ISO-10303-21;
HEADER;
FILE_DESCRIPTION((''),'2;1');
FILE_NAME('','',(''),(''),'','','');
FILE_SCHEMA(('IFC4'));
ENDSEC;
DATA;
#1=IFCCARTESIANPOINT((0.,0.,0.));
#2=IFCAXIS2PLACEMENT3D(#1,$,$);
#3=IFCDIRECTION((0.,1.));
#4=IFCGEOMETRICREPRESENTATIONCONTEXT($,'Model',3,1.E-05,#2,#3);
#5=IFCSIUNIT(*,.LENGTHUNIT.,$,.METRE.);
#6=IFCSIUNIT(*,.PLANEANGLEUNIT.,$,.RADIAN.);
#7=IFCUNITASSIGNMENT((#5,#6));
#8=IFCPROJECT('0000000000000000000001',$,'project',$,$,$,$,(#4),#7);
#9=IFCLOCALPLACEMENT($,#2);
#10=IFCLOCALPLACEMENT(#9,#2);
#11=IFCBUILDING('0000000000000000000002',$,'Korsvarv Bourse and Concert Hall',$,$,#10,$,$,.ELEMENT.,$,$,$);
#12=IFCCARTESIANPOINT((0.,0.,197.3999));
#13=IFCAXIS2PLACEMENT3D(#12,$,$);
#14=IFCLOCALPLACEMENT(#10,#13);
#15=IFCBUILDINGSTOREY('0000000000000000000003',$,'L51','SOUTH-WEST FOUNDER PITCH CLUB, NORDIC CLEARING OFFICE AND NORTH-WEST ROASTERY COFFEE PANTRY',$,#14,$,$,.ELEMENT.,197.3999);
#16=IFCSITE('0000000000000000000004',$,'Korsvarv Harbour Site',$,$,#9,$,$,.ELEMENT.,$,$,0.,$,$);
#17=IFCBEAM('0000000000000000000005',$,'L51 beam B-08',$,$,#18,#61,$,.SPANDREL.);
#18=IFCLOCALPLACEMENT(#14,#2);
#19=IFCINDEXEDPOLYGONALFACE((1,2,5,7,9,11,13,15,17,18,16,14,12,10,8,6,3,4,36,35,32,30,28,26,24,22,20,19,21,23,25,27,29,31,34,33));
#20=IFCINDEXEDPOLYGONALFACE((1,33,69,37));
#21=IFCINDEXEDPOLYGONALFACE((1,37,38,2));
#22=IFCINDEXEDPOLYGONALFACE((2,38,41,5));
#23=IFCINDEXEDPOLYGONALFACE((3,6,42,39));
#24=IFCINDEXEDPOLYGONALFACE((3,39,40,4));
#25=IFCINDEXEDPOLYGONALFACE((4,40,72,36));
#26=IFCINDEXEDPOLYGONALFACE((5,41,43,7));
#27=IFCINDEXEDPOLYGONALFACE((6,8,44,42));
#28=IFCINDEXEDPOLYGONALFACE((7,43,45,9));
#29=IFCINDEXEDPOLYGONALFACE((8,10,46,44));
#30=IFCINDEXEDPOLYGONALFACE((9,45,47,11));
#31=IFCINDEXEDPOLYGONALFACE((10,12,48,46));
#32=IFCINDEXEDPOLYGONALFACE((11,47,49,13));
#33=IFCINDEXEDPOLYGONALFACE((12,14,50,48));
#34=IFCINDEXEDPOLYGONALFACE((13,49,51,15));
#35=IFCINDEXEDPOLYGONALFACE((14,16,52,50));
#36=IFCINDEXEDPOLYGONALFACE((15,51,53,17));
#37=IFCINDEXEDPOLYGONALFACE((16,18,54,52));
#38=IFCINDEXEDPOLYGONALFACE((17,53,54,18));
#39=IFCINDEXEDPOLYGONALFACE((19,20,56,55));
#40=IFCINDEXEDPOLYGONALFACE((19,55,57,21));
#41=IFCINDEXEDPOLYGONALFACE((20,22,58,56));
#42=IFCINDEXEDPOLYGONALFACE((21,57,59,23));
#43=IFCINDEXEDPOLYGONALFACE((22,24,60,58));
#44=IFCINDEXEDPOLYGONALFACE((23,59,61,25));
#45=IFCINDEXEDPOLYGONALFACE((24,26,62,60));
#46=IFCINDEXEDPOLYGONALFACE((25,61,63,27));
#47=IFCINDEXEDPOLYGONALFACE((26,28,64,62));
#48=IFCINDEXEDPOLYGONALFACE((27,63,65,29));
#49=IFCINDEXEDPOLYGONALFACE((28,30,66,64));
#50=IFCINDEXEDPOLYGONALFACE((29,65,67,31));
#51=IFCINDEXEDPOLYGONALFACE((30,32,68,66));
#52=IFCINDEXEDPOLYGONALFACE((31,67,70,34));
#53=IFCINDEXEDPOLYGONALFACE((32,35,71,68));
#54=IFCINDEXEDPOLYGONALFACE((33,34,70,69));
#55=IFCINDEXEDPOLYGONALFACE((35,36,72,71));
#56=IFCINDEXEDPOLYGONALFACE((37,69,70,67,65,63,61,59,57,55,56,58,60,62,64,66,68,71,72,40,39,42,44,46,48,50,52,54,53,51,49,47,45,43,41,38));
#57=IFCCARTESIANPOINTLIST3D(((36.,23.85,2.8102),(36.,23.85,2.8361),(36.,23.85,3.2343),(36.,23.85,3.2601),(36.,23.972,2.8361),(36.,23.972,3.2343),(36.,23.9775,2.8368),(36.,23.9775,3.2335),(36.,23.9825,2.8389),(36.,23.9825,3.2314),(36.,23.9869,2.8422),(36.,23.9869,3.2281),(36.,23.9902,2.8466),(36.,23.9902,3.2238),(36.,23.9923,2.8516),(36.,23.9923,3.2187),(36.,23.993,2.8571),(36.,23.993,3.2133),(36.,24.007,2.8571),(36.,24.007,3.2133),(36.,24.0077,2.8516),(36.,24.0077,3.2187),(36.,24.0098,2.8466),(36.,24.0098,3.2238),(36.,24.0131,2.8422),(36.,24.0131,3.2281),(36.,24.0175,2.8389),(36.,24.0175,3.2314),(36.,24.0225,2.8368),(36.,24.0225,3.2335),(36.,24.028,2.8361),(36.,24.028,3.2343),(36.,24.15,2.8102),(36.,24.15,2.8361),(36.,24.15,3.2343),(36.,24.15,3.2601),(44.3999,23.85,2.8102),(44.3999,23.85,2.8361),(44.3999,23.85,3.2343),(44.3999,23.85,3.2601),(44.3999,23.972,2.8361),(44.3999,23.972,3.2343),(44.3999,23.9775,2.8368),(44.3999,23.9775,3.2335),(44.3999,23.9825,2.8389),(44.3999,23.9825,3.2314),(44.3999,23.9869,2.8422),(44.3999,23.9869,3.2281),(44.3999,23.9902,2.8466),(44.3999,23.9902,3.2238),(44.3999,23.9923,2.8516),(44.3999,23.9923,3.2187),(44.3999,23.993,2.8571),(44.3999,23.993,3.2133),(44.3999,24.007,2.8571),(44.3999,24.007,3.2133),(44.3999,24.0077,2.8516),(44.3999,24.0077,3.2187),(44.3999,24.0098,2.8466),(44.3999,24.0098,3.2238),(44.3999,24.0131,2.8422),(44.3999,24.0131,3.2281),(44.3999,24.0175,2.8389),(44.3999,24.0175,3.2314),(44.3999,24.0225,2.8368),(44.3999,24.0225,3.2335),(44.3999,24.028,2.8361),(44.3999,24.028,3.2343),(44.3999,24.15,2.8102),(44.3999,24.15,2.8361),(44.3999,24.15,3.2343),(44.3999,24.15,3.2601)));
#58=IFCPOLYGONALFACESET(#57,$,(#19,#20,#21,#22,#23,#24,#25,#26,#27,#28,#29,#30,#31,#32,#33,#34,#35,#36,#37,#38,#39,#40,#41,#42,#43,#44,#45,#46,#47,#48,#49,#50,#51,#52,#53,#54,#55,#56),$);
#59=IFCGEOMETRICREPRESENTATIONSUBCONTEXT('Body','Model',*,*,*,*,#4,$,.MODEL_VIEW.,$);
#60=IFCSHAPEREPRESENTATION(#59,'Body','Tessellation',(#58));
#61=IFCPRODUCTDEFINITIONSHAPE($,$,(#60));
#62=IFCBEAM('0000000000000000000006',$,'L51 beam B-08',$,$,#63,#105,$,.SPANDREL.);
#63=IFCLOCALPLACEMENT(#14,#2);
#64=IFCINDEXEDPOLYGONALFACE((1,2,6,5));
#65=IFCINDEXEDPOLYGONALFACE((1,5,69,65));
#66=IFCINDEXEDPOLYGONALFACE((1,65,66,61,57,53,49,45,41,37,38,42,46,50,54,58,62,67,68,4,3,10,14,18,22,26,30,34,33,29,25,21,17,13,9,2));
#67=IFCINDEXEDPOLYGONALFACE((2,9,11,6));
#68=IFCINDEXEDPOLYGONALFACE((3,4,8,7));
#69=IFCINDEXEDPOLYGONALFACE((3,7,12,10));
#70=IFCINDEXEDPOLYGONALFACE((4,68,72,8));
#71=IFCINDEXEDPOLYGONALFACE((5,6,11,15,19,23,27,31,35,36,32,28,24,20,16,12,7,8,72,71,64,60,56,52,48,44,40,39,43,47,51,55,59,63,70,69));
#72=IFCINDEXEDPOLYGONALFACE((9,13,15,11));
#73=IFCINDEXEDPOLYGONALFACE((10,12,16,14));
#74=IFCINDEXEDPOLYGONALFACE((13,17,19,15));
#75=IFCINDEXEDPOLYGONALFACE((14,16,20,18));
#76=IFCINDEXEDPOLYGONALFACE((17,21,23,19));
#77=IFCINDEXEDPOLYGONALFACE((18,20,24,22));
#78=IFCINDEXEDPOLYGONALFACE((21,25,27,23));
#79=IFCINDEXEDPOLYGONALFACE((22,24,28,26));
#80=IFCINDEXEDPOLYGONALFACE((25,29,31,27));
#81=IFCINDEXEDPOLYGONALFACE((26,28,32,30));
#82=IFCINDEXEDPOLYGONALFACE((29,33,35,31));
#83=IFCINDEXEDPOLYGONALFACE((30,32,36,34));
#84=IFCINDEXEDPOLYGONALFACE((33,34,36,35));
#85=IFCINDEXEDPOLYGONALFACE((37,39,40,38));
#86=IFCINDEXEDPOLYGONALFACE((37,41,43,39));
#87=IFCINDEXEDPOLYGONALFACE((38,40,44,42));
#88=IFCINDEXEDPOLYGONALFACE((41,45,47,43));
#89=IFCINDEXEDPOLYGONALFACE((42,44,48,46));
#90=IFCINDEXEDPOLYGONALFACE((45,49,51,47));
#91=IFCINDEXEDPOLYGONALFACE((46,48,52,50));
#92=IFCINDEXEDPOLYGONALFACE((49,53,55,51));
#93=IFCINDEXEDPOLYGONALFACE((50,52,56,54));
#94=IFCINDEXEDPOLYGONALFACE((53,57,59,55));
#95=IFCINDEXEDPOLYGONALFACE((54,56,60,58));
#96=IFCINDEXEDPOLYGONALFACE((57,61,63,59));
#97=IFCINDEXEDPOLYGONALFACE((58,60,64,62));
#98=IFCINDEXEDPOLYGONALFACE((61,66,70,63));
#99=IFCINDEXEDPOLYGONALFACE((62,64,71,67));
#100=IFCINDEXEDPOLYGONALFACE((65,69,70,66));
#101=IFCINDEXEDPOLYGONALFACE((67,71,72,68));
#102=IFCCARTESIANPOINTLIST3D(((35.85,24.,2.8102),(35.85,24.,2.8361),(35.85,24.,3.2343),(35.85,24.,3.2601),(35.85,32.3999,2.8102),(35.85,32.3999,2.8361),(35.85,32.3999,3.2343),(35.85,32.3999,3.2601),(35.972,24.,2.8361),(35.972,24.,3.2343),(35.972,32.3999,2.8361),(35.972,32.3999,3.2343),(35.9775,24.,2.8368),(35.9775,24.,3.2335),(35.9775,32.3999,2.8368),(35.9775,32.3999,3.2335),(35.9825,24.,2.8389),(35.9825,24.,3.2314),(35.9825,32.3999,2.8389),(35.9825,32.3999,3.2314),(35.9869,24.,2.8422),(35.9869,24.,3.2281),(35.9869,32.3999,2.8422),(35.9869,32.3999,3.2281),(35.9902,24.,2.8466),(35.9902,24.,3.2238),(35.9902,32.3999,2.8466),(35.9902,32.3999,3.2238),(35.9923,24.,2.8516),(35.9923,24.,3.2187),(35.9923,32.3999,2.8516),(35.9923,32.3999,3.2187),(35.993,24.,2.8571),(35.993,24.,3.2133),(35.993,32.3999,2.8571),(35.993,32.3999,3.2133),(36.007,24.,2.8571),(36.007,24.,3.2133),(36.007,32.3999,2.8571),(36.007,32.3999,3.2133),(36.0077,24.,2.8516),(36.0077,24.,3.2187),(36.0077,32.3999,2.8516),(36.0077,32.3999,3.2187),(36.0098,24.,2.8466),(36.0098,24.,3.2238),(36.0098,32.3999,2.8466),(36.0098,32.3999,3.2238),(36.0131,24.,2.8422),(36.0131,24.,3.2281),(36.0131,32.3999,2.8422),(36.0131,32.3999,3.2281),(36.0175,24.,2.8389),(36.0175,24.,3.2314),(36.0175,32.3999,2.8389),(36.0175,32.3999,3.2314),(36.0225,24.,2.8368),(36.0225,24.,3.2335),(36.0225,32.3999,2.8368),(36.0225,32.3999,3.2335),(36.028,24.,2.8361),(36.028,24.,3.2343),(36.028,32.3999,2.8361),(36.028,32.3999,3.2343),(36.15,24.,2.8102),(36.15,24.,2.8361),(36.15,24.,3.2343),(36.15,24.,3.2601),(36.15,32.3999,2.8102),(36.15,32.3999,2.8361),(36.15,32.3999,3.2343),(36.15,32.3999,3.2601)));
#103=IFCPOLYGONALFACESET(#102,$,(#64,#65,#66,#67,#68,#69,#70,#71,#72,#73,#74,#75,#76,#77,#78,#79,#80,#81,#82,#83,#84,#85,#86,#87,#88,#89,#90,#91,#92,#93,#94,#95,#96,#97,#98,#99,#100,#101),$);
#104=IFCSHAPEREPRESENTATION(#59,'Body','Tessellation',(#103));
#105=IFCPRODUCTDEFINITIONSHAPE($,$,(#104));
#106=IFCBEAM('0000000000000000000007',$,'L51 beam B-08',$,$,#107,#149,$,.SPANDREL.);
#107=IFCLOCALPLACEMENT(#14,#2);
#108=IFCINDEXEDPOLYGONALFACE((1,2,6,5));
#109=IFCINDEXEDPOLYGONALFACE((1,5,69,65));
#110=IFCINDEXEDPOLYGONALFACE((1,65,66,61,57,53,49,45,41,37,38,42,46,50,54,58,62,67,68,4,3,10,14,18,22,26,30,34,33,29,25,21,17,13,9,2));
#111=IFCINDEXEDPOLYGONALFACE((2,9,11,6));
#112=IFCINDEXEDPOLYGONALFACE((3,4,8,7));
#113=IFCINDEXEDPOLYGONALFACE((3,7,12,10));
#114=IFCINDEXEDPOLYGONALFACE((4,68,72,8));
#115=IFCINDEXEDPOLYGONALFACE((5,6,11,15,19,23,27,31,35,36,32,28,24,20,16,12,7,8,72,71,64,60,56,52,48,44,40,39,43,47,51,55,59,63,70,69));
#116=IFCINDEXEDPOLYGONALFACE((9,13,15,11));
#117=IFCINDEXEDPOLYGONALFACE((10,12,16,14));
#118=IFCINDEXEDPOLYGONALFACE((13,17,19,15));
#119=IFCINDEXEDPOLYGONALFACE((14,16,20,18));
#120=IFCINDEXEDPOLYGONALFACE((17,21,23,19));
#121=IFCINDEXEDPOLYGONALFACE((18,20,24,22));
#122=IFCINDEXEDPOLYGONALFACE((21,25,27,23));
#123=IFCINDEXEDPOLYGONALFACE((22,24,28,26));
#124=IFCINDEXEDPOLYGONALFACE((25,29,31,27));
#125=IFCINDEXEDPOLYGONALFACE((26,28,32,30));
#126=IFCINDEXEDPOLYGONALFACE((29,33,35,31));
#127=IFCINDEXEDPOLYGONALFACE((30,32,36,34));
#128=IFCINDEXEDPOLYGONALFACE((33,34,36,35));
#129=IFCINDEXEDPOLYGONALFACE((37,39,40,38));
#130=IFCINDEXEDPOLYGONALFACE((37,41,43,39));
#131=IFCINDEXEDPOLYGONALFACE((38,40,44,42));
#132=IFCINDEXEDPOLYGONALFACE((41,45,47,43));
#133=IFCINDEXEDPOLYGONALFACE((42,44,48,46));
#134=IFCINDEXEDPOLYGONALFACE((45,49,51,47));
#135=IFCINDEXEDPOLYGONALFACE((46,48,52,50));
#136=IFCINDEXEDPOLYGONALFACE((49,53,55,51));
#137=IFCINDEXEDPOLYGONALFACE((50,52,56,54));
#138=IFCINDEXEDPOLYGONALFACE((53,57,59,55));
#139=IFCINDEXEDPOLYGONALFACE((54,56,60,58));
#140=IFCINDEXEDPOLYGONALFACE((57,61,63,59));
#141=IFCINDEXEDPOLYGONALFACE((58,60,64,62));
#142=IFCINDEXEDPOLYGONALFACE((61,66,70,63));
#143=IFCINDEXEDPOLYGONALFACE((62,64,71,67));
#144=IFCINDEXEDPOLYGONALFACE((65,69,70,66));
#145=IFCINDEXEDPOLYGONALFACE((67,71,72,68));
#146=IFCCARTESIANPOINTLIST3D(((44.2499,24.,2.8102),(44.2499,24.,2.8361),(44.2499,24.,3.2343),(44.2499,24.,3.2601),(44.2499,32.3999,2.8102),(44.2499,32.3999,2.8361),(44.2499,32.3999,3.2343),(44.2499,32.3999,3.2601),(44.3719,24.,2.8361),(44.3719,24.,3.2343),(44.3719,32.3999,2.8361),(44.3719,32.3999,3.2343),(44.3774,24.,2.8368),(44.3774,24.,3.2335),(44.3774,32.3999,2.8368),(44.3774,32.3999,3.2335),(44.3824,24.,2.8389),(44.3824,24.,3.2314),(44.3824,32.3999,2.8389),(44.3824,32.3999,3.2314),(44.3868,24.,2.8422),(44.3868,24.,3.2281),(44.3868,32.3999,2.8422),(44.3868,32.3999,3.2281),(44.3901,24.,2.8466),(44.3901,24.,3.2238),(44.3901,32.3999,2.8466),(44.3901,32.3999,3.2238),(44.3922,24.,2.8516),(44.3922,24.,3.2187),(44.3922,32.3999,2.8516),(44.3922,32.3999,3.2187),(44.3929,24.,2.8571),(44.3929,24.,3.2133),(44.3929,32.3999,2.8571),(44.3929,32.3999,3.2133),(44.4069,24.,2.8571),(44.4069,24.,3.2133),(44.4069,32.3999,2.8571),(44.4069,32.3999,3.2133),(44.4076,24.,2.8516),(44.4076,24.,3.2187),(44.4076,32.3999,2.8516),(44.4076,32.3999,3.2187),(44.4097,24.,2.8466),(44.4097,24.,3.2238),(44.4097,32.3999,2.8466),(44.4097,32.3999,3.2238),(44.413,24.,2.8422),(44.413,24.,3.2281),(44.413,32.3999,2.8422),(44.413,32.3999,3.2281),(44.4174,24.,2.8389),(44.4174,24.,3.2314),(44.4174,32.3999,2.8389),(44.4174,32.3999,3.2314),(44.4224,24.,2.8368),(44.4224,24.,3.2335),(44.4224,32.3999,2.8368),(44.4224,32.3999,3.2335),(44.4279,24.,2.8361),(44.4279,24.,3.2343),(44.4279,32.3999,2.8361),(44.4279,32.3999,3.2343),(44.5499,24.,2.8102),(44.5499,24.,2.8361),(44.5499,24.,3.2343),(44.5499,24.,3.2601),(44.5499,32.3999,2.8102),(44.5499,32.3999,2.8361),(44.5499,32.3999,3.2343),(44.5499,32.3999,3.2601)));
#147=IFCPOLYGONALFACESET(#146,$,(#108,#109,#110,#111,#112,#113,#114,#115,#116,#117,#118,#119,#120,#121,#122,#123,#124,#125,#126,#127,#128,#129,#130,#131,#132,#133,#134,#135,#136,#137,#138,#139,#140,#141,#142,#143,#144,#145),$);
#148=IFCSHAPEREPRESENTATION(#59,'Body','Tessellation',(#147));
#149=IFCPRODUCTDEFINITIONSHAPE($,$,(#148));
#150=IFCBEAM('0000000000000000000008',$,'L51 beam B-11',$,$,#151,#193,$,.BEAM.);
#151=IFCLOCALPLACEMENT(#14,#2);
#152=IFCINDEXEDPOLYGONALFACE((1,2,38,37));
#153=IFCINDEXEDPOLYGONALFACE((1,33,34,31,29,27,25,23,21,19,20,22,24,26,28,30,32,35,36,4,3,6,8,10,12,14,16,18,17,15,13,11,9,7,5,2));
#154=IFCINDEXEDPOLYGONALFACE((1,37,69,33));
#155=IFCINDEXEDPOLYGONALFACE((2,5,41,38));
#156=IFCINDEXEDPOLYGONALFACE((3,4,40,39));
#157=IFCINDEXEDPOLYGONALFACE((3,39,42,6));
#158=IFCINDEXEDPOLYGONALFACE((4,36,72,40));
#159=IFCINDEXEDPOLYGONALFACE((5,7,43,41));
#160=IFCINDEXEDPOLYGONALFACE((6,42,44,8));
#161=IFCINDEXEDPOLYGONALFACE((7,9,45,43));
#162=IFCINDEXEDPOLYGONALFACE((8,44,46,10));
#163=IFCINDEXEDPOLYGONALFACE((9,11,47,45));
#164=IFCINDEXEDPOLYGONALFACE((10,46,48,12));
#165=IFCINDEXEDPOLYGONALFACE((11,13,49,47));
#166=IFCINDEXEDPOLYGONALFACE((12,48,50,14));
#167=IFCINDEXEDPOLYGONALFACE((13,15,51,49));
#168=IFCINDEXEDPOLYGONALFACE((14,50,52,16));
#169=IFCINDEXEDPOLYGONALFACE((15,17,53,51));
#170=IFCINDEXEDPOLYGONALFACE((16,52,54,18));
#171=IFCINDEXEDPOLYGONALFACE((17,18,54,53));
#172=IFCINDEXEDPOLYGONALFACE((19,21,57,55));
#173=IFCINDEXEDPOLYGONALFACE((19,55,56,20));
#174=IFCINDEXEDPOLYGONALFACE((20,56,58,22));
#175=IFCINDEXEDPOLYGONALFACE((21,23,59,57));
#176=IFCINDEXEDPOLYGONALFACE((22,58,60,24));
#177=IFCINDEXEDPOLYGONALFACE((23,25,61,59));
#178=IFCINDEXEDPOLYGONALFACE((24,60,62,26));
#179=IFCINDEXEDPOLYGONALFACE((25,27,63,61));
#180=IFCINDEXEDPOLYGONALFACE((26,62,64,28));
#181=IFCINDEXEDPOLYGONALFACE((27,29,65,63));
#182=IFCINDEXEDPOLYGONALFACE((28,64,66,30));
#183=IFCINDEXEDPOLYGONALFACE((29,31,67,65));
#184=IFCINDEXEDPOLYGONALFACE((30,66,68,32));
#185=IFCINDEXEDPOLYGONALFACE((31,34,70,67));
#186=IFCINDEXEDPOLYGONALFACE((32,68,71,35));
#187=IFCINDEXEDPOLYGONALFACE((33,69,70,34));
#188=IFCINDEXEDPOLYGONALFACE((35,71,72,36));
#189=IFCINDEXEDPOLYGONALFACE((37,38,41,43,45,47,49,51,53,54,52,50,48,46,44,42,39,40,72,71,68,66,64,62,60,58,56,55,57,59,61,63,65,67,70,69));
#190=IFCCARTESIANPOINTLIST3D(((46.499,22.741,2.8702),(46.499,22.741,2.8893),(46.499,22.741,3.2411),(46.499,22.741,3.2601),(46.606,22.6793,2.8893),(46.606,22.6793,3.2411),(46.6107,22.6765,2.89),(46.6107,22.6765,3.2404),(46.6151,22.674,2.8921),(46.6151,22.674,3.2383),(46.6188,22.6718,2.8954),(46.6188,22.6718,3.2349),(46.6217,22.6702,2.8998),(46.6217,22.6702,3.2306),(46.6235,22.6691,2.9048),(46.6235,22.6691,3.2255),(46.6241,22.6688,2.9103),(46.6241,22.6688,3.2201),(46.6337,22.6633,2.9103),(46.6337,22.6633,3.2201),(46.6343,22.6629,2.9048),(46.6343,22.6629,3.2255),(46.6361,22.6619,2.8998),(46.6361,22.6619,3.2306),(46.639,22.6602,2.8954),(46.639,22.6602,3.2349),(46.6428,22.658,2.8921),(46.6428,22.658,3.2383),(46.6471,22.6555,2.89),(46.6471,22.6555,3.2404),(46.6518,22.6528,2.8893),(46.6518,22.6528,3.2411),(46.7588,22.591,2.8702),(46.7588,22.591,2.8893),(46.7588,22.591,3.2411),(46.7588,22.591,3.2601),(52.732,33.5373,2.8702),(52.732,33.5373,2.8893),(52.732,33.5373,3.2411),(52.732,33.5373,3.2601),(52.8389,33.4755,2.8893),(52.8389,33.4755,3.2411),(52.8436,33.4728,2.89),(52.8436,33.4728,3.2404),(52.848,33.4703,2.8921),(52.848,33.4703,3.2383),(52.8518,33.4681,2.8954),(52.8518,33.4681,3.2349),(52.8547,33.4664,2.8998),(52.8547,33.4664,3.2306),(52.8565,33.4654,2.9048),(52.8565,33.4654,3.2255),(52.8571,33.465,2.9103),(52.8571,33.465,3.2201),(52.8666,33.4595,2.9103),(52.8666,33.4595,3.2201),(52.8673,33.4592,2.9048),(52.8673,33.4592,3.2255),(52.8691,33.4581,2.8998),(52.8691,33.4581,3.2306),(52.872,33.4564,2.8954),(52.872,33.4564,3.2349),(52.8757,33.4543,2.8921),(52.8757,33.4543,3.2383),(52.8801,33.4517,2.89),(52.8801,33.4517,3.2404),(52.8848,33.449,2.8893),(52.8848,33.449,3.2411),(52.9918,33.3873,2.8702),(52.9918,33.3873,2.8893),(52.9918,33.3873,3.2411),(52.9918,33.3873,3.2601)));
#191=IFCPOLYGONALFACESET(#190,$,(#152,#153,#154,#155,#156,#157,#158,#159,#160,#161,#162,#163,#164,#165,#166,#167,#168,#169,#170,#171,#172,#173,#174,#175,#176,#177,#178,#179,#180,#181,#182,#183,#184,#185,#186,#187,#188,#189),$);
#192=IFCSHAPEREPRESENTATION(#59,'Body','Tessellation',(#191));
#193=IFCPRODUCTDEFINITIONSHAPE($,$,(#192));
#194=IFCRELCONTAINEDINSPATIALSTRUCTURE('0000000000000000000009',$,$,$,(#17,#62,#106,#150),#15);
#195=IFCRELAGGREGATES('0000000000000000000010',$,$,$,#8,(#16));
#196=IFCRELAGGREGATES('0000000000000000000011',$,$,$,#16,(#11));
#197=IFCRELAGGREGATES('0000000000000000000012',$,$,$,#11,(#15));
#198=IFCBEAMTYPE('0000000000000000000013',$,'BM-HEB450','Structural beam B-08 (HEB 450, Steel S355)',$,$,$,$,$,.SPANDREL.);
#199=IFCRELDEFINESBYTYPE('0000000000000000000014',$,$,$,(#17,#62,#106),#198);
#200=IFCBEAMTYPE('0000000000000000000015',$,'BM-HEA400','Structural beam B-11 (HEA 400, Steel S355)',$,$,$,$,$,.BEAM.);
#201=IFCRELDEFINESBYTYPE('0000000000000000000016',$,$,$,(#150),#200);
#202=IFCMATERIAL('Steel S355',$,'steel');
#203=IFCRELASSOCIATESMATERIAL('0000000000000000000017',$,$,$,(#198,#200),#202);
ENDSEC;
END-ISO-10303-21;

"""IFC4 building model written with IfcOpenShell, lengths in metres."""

from ifc_helpers import new_model, si_unit, direction, frame, origin, origin_2d, place, context, subcontext, project, spatial, i_section, extrude, source, transform, mapped, material, material_profile, profile_set, type_object, element, save


model = new_model("IFC4")

# Units and contexts
model_context = context("Model", 3, precision=1e-05, world=origin(), true_north=direction((0.0, 1.0)))
body_context = subcontext(model_context, "Body", "Model", "MODEL_VIEW")
ifc_project = project(units=[si_unit("LENGTHUNIT", "METRE"), si_unit("PLANEANGLEUNIT", "RADIAN")], contexts=[model_context])

# Site, building, storey
site_placement = place(None, origin())
site = spatial("IfcSite", under=ifc_project, at=site_placement, Name="Korsvarv Harbour Site", CompositionType="ELEMENT", RefElevation=0.0)
building_placement = place(site_placement, origin())
building = spatial("IfcBuilding", under=site, at=building_placement, Name="Korsvarv Bourse and Concert Hall", CompositionType="ELEMENT")
storey_placement = place(building_placement, frame((0.0, 0.0, 197.3999)))
storey = spatial("IfcBuildingStorey", under=building, at=storey_placement, Name="L51", Description="SOUTH-WEST FOUNDER PITCH CLUB, NORDIC CLEARING OFFICE AND NORTH-WEST ROASTERY COFFEE PANTRY", CompositionType="ELEMENT", Elevation=197.3999)

# Shared definitions
ifc_material_1 = material(Name="Steel S355", Category="steel")

# Beams
ifc_material_profile_1 = material_profile(ifc_material_1, i_section(OverallWidth=0.3, OverallDepth=0.45, WebThickness=0.0139, FlangeThickness=0.0259, FilletRadius=0.021, at=origin_2d()), Name="HEB 450")
ifc_profile_set_1 = profile_set([ifc_material_profile_1], Name="Steel S355")
beam_type_1 = type_object("IfcBeamType", Name="BM-HEB450", Description="Structural beam B-08 (HEB 450, Steel S355)", PredefinedType="SPANDREL", material=ifc_profile_set_1)
shared_shape_1 = source(origin(), body_context, "Body", "SweptSolid", [
    extrude(i_section(OverallWidth=0.3, OverallDepth=0.45, WebThickness=0.0139, FlangeThickness=0.0259, FilletRadius=0.021, at=origin_2d()), origin(), (0.0, 0.0, 1.0), 8.3999),
])
for number, where, z_axis, x_axis, name in (
    (1, (36.0, 24.0, 3.0352), (1.0, 0.0, 0.0), (0.0, 1.0, 0.0), "L51 beam B-08"),
    (2, (36.0, 24.0, 3.0352), (0.0, 1.0, 0.0), (-1.0, 0.0, 0.0), "L51 beam B-08"),
    (3, (44.3999, 24.0, 3.0352), (0.0, 1.0, 0.0), (-1.0, 0.0, 0.0), "L51 beam B-08"),
):
    element("IfcBeam", number, at=place(storey_placement, frame(where, z_axis=z_axis, x_axis=x_axis)), inside=storey, type_object=beam_type_1, Name=name, PredefinedType="SPANDREL", context=body_context, shape_type="MappedRepresentation", body=[
        mapped(shared_shape_1, transform((0.0, 0.0, 0.0), scale=1.0)),
    ])
ifc_material_profile_2 = material_profile(ifc_material_1, i_section(OverallWidth=0.3, OverallDepth=0.3899, WebThickness=0.011, FlangeThickness=0.019, FilletRadius=0.021, at=origin_2d()), Name="HEA 400")
ifc_profile_set_2 = profile_set([ifc_material_profile_2], Name="Steel S355")
beam_type_2 = type_object("IfcBeamType", Name="BM-HEA400", Description="Structural beam B-11 (HEA 400, Steel S355)", PredefinedType="BEAM", material=ifc_profile_set_2)
shared_shape_2 = source(origin(), body_context, "Body", "SweptSolid", [
    extrude(i_section(OverallWidth=0.3, OverallDepth=0.3899, WebThickness=0.011, FlangeThickness=0.019, FilletRadius=0.021, at=origin_2d()), origin(), (0.0, 0.0, 1.0), 12.4663),
])
beam_1_placement = place(storey_placement, frame((46.6289, 22.666, 3.0652), z_axis=(0.499985, 0.866034, 0.0), x_axis=(-0.866034, 0.499985, 0.0)))
element("IfcBeam", 4, at=beam_1_placement, inside=storey, type_object=beam_type_2, Name="L51 beam B-11", PredefinedType="BEAM", context=body_context, shape_type="MappedRepresentation", body=[
    mapped(shared_shape_2, transform((0.0, 0.0, 0.0), scale=1.0)),
])

save(model, "model.ifc")
